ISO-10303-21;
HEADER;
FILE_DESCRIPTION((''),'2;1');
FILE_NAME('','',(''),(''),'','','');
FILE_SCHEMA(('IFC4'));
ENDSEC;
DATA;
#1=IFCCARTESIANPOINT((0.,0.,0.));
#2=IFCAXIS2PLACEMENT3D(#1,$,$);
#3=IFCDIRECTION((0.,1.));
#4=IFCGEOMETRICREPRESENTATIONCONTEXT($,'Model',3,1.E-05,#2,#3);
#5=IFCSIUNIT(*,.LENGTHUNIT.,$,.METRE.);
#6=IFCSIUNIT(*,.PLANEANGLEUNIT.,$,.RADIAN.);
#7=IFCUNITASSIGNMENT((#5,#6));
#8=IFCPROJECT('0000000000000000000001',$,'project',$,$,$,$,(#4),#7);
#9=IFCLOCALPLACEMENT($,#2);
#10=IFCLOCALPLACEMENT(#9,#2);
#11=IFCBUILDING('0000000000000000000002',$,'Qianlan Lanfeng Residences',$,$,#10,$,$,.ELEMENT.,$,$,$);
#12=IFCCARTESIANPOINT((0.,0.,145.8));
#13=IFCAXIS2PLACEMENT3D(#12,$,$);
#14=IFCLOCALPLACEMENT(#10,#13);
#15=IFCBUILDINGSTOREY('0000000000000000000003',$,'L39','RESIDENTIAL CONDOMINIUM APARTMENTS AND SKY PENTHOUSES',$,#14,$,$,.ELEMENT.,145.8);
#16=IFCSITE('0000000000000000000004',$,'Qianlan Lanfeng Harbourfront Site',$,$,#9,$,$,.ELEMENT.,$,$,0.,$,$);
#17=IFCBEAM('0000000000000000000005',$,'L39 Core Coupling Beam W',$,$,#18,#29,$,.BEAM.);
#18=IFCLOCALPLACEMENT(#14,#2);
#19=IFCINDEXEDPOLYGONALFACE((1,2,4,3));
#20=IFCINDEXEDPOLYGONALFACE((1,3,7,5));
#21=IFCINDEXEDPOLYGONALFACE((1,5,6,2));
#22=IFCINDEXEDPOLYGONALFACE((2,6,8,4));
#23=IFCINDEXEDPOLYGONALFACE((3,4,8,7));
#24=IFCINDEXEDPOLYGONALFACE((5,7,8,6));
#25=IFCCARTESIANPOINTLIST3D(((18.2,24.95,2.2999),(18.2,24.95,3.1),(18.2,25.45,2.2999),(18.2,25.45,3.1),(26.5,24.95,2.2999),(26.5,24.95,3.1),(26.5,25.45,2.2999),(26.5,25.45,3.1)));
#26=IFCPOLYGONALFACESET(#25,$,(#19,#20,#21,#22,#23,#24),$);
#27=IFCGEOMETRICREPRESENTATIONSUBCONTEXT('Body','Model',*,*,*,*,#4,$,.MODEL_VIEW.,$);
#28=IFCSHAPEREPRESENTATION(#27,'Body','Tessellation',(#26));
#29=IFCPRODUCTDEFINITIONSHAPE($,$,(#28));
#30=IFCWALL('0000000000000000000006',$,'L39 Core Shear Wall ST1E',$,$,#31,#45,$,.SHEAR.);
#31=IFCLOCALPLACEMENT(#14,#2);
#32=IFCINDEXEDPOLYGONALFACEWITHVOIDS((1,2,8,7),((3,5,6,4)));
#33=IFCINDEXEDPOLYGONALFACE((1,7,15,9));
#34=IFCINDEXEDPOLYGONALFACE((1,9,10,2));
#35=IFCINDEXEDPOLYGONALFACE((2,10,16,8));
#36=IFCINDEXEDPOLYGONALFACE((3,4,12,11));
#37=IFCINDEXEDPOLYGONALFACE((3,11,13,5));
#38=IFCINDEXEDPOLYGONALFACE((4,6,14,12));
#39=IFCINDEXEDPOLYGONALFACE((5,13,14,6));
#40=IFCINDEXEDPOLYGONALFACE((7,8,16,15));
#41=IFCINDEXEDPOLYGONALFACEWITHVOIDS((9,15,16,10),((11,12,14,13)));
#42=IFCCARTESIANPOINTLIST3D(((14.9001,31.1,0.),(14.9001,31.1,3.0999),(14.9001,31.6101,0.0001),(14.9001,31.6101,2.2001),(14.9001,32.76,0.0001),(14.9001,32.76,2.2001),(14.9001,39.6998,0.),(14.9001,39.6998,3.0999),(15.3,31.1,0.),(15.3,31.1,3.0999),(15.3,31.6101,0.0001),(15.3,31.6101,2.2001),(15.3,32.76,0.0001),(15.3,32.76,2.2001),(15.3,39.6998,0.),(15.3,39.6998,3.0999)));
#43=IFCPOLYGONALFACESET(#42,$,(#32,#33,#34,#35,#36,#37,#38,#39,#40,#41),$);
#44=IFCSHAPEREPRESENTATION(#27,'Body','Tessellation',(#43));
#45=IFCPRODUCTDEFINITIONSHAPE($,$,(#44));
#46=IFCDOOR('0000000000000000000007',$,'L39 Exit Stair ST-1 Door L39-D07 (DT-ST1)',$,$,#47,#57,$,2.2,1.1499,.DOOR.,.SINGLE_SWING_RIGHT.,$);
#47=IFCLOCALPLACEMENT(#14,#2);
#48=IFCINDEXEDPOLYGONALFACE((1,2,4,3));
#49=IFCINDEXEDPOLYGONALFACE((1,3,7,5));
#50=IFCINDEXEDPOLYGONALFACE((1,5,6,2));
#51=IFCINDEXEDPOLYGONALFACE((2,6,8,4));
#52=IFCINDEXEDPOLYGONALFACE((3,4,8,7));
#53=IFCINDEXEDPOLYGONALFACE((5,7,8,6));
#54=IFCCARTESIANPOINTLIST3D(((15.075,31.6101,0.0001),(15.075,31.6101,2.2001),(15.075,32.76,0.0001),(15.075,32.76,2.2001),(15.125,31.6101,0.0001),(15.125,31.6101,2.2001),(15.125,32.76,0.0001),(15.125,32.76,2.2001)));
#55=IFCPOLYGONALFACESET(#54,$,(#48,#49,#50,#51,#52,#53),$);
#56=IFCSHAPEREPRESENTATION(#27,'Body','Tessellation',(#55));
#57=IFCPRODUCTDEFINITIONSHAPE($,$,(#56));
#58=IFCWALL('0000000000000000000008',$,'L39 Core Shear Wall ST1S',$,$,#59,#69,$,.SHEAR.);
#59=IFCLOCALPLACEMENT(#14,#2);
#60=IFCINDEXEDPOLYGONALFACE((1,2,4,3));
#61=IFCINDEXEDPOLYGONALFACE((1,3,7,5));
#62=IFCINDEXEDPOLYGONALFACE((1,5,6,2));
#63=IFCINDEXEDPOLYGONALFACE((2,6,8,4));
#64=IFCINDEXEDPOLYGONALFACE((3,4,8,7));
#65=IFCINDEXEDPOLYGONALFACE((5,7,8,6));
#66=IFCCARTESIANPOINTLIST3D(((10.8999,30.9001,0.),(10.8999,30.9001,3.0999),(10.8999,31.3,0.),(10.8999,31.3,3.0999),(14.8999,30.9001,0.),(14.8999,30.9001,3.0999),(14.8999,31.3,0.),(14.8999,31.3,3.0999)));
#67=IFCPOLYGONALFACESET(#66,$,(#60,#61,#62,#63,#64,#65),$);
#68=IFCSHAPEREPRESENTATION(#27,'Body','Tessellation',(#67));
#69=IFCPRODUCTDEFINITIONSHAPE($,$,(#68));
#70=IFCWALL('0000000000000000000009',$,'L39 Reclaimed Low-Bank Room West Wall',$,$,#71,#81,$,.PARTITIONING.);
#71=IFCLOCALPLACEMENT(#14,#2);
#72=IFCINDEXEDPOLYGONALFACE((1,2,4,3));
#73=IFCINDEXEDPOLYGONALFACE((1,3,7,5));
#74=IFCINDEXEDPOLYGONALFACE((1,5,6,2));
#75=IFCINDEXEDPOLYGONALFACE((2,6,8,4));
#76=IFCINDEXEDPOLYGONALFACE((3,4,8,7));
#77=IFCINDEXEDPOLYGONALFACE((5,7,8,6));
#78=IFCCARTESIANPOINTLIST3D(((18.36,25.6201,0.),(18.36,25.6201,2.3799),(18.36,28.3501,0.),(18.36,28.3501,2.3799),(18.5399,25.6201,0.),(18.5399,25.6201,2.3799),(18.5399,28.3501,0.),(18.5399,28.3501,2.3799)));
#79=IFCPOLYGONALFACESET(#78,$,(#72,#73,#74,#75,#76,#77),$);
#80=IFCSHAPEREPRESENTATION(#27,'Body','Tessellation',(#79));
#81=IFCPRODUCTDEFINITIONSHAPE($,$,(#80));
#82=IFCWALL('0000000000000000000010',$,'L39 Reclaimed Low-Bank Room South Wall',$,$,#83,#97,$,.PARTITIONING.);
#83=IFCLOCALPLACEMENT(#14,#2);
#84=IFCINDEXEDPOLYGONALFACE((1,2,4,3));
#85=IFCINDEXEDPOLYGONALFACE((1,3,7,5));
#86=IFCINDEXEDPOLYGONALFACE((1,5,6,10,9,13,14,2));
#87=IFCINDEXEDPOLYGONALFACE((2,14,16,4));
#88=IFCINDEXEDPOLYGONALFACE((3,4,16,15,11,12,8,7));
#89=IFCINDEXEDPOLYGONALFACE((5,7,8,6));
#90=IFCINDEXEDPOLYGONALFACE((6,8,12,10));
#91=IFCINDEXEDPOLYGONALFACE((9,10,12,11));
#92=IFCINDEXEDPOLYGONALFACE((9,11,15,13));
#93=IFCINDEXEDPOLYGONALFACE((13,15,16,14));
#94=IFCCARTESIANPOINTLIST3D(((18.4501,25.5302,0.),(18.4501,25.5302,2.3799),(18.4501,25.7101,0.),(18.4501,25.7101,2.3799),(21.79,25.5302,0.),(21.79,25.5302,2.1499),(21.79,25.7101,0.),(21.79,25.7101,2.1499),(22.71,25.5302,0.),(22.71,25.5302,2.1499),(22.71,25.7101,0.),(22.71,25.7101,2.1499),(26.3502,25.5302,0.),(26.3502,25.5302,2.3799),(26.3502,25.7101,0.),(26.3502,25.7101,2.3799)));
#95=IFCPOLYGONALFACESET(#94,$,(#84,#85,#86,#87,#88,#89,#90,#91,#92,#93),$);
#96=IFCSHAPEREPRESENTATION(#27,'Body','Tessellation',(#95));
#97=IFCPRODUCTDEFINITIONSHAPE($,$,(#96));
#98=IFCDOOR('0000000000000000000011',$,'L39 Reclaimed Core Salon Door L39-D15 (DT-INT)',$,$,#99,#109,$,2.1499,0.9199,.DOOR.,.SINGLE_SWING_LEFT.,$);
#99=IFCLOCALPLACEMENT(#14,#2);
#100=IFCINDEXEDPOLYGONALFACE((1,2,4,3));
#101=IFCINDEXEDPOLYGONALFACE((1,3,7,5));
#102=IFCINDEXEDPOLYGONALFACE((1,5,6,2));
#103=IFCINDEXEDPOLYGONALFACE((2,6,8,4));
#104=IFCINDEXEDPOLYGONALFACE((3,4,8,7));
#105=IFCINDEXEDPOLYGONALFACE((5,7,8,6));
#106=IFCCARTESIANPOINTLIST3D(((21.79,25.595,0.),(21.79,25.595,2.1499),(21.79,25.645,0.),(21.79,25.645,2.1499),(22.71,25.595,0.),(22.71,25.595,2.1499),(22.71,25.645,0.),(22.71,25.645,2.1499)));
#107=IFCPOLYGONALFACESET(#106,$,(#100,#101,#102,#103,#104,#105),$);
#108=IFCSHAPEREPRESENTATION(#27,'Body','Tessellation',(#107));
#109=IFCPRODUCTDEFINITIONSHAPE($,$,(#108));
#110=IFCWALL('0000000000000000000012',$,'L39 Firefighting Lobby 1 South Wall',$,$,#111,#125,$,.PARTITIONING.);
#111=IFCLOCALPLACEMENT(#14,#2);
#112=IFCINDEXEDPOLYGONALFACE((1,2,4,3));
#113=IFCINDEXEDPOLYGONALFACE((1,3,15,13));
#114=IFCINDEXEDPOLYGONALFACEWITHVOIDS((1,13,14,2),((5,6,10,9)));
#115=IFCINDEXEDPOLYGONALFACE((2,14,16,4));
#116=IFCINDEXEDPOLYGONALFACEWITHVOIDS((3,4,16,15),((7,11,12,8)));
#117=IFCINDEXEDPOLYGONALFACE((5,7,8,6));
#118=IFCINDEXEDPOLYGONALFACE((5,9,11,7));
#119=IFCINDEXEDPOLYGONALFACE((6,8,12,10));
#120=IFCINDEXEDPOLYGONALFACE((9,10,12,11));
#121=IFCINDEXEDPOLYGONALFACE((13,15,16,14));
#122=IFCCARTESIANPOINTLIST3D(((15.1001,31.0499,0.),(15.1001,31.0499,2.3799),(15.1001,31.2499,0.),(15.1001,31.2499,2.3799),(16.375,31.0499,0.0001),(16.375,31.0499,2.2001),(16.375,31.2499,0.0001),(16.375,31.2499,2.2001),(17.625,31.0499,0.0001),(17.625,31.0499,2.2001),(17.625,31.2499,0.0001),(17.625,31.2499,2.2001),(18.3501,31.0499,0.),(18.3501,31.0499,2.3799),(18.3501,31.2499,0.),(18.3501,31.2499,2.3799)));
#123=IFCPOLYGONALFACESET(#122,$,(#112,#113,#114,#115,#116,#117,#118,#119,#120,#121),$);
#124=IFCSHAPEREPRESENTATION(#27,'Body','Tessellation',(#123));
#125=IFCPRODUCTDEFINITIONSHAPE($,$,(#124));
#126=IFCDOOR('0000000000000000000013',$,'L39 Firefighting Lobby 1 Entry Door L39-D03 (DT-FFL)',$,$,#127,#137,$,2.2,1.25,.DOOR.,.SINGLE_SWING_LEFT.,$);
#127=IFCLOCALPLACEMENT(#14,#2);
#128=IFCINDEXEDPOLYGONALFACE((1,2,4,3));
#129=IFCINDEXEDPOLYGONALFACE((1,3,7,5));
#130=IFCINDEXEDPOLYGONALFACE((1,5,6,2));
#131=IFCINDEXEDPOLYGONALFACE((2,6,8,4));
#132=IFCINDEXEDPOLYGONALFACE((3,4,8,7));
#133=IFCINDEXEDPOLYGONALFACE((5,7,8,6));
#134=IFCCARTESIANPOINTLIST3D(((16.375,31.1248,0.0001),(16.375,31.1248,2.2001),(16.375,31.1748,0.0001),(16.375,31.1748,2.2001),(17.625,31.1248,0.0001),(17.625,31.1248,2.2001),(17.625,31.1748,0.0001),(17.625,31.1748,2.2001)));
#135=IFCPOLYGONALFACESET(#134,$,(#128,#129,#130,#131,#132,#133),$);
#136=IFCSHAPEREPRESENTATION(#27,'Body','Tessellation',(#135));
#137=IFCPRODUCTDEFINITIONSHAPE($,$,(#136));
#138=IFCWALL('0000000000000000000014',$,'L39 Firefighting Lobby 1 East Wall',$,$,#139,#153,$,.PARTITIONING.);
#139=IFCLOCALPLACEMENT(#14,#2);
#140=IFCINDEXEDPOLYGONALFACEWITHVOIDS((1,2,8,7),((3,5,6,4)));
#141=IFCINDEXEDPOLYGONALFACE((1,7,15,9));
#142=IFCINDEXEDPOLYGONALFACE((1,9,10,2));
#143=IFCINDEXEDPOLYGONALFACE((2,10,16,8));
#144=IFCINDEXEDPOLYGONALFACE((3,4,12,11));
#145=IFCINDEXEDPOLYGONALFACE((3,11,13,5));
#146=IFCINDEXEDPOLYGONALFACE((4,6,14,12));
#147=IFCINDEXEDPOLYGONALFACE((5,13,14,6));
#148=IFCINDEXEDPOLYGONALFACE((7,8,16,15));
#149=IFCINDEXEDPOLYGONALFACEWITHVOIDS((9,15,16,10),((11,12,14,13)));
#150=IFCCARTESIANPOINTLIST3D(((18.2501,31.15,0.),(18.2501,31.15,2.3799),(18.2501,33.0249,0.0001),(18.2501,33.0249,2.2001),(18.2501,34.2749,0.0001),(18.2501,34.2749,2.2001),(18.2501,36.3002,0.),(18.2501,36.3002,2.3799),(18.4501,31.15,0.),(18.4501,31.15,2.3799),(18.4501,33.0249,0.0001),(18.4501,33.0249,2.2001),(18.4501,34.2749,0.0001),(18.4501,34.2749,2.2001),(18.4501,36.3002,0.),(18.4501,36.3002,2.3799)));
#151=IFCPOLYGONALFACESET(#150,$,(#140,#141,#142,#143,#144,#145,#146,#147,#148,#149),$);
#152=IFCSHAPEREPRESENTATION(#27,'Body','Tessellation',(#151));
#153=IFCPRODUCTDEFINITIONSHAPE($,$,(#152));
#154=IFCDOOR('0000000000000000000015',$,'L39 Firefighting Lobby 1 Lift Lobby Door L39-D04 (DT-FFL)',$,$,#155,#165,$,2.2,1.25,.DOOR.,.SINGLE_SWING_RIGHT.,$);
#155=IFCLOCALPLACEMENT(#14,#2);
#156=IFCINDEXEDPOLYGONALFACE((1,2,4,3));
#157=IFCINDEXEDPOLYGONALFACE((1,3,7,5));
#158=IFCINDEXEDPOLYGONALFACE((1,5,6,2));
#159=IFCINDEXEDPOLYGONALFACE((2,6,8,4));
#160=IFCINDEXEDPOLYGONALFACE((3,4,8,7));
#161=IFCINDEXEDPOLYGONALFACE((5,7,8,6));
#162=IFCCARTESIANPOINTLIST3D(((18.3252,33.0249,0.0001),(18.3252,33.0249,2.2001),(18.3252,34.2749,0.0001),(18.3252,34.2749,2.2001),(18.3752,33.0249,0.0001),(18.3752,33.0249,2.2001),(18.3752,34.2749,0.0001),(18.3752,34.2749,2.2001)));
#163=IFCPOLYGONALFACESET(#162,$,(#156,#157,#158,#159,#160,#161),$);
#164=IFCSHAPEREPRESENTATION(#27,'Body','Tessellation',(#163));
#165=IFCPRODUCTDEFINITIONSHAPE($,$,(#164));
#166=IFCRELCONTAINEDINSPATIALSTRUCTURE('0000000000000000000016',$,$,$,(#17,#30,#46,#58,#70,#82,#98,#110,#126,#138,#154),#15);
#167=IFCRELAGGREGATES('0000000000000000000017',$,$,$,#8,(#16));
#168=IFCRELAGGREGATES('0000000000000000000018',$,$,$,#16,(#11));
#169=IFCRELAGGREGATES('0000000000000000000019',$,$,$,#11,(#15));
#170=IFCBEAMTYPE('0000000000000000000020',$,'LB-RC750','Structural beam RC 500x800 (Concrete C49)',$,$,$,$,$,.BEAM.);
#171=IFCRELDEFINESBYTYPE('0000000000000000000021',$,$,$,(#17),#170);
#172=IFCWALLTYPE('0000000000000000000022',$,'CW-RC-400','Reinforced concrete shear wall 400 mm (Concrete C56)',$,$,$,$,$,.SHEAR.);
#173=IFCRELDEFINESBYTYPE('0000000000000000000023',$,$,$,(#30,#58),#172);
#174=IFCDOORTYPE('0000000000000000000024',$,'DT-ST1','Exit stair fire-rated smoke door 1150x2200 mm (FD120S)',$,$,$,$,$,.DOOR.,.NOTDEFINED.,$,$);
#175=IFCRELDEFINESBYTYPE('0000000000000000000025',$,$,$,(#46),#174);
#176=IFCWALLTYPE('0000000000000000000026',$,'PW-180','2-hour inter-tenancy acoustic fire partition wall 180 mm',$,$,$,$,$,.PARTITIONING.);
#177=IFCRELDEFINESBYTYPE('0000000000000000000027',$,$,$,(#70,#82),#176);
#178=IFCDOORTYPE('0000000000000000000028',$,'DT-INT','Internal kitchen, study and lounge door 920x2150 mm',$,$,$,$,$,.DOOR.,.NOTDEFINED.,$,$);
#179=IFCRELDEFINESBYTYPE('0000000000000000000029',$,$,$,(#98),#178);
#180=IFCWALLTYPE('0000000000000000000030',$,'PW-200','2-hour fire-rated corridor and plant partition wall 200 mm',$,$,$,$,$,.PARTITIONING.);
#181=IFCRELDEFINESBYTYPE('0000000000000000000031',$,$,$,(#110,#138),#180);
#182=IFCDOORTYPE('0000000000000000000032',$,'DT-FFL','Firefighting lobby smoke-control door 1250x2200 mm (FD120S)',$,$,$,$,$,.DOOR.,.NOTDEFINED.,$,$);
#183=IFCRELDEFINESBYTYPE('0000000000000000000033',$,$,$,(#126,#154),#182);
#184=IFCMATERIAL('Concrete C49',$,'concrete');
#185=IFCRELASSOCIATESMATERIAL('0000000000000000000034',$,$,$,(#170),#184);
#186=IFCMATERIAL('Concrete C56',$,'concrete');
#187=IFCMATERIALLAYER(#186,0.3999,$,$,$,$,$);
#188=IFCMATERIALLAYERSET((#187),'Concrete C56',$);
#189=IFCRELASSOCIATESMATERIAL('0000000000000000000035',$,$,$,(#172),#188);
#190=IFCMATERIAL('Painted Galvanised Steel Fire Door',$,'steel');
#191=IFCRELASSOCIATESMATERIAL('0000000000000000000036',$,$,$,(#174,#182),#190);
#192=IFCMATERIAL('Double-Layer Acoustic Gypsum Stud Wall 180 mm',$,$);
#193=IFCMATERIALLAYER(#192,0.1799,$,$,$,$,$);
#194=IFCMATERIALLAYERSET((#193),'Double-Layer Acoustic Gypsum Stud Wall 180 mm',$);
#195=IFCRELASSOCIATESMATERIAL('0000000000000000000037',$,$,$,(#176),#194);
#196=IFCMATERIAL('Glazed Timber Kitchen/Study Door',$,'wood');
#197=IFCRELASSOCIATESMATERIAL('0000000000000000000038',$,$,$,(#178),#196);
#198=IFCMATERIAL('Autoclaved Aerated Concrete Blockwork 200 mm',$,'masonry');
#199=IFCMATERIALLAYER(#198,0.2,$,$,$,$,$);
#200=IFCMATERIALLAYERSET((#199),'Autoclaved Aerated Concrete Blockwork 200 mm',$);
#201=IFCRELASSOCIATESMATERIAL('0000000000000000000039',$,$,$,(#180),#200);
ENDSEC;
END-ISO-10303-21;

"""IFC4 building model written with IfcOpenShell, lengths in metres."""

from ifc_helpers import new_model, si_unit, direction, frame, frame_2d, origin, origin_2d, place, context, subcontext, project, spatial, rectangle, extrude, material, layer, layer_set, material_profile, profile_set, type_object, element, fill, save


model = new_model("IFC4")

# Units and contexts
model_context = context("Model", 3, precision=1e-05, world=origin(), true_north=direction((0.0, 1.0)))
body_context = subcontext(model_context, "Body", "Model", "MODEL_VIEW")
ifc_project = project(units=[si_unit("LENGTHUNIT", "METRE"), si_unit("PLANEANGLEUNIT", "RADIAN")], contexts=[model_context])

# Site, building, storey
site_placement = place(None, origin())
site = spatial("IfcSite", under=ifc_project, at=site_placement, Name="Qianlan Lanfeng Harbourfront Site", CompositionType="ELEMENT", RefElevation=0.0)
building_placement = place(site_placement, origin())
building = spatial("IfcBuilding", under=site, at=building_placement, Name="Qianlan Lanfeng Residences", CompositionType="ELEMENT")
storey_placement = place(building_placement, frame((0.0, 0.0, 145.8)))
storey = spatial("IfcBuildingStorey", under=building, at=storey_placement, Name="L39", Description="RESIDENTIAL CONDOMINIUM APARTMENTS AND SKY PENTHOUSES", CompositionType="ELEMENT", Elevation=145.8)

# Beam
ifc_material_1 = material(Name="Concrete C49", Category="concrete")
ifc_material_profile = material_profile(ifc_material_1, rectangle(XDim=0.5, YDim=0.8, at=origin_2d()), Name="RC 500x800")
ifc_profile_set = profile_set([ifc_material_profile], Name="Concrete C49")
beam_type = type_object("IfcBeamType", Name="LB-RC750", Description="Structural beam RC 500x800 (Concrete C49)", PredefinedType="BEAM", material=ifc_profile_set)
beam_placement = place(storey_placement, frame((18.2, 25.2, 2.7), z_axis=(1.0, 0.0, 0.0), x_axis=(0.0, 1.0, 0.0)))
element("IfcBeam", 1, at=beam_placement, inside=storey, type_object=beam_type, Name="L39 Core Coupling Beam W", PredefinedType="BEAM", context=body_context, shape_type="SweptSolid", body=[
    extrude(rectangle(XDim=0.5, YDim=0.8, at=origin_2d()), origin(), (0.0, 0.0, 1.0), 8.3),
])

# Wall, opening, door
ifc_material_2 = material(Name="Concrete C56", Category="concrete")
ifc_layer_1 = layer(ifc_material_2, 0.3999)
ifc_layer_set_1 = layer_set([ifc_layer_1], Name="Concrete C56")
wall_type_1 = type_object("IfcWallType", Name="CW-RC-400", Description="Reinforced concrete shear wall 400 mm (Concrete C56)", PredefinedType="SHEAR", material=ifc_layer_set_1)
wall_1_placement = place(storey_placement, frame((15.1001, 31.1001, 0.0), z_axis=(0.0, 0.0, 1.0), x_axis=(0.0, 1.0, 0.0)))
wall_1 = element("IfcWall", 2, at=wall_1_placement, inside=storey, type_object=wall_type_1, Name="L39 Core Shear Wall ST1E", PredefinedType="SHEAR", context=body_context, shape_type="SweptSolid", body=[
    extrude(rectangle(XDim=8.5999, YDim=0.3999, at=frame_2d((4.2998, 0.0))), origin(), (0.0, 0.0, 1.0), 3.0999),
])
opening_1_placement = place(wall_1_placement, frame((0.51, 0.0, 0.0)))
opening_1 = element("IfcOpeningElement", 3, at=opening_1_placement, cuts=wall_1, PredefinedType="OPENING", context=body_context, shape_type="SweptSolid", body=[
    extrude(rectangle(XDim=1.1499, YDim=2.2, at=frame_2d((0.575, 1.1001))), frame((0.0, 0.21, 0.0), z_axis=(0.0, -1.0, 0.0), x_axis=(1.0, 0.0, 0.0)), (0.0, 0.0, 1.0), 0.4199),
])
ifc_material_3 = material(Name="Painted Galvanised Steel Fire Door", Category="steel")
door_type_1 = type_object("IfcDoorType", Name="DT-ST1", Description="Exit stair fire-rated smoke door 1150x2200 mm (FD120S)", OperationType="NOTDEFINED", PredefinedType="DOOR", material=ifc_material_3)
door_1_placement = place(opening_1_placement, frame((1.1499, 0.0, 0.0), z_axis=(0.0, 0.0, 1.0), x_axis=(-1.0, 0.0, 0.0)))
door_1 = element("IfcDoor", 4, at=door_1_placement, inside=storey, type_object=door_type_1, Name="L39 Exit Stair ST-1 Door L39-D07 (DT-ST1)", OperationType="SINGLE_SWING_RIGHT", OverallHeight=2.2, OverallWidth=1.1499, PredefinedType="DOOR", context=body_context, shape_type="SweptSolid", body=[
    extrude(rectangle(XDim=1.1499, YDim=2.2, at=frame_2d((0.575, 1.1001))), frame((0.0, 0.0249, 0.0), z_axis=(0.0, -1.0, 0.0), x_axis=(1.0, 0.0, 0.0)), (0.0, 0.0, 1.0), 0.05),
])
fill(opening_1, door_1)

# Wall
wall_2_placement = place(storey_placement, frame((10.8999, 31.1001, 0.0), z_axis=(0.0, 0.0, 1.0), x_axis=(1.0, 0.0, 0.0)))
element("IfcWall", 5, at=wall_2_placement, inside=storey, type_object=wall_type_1, Name="L39 Core Shear Wall ST1S", PredefinedType="SHEAR", context=body_context, shape_type="SweptSolid", body=[
    extrude(rectangle(XDim=4.0, YDim=0.3999, at=frame_2d((2.0, 0.0))), origin(), (0.0, 0.0, 1.0), 3.0999),
])

# Shared definitions
ifc_material_4 = material(Name="Double-Layer Acoustic Gypsum Stud Wall 180 mm")
ifc_layer_2 = layer(ifc_material_4, 0.1799)
ifc_layer_set_2 = layer_set([ifc_layer_2], Name="Double-Layer Acoustic Gypsum Stud Wall 180 mm")
wall_type_2 = type_object("IfcWallType", Name="PW-180", Description="2-hour inter-tenancy acoustic fire partition wall 180 mm", PredefinedType="PARTITIONING", material=ifc_layer_set_2)
ifc_material_5 = material(Name="Glazed Timber Kitchen/Study Door", Category="wood")
door_type_2 = type_object("IfcDoorType", Name="DT-INT", Description="Internal kitchen, study and lounge door 920x2150 mm", OperationType="NOTDEFINED", PredefinedType="DOOR", material=ifc_material_5)

# Wall
wall_3_placement = place(storey_placement, frame((18.45, 25.6201, 0.0), z_axis=(0.0, 0.0, 1.0), x_axis=(0.0, 1.0, 0.0)))
element("IfcWall", 6, at=wall_3_placement, inside=storey, type_object=wall_type_2, Name="L39 Reclaimed Low-Bank Room West Wall", PredefinedType="PARTITIONING", context=body_context, shape_type="SweptSolid", body=[
    extrude(rectangle(XDim=2.73, YDim=0.1799, at=frame_2d((1.365, 0.0))), origin(), (0.0, 0.0, 1.0), 2.3799),
])

# Walls, openings, doors
wall_4_placement = place(storey_placement, frame((18.45, 25.6201, 0.0), z_axis=(0.0, 0.0, 1.0), x_axis=(1.0, 0.0, 0.0)))
wall_4 = element("IfcWall", 7, at=wall_4_placement, inside=storey, type_object=wall_type_2, Name="L39 Reclaimed Low-Bank Room South Wall", PredefinedType="PARTITIONING", context=body_context, shape_type="SweptSolid", body=[
    extrude(rectangle(XDim=7.9001, YDim=0.1799, at=frame_2d((3.9502, 0.0))), origin(), (0.0, 0.0, 1.0), 2.3799),
])
opening_2_placement = place(wall_4_placement, frame((3.3401, 0.0, 0.0)))
opening_2 = element("IfcOpeningElement", 8, at=opening_2_placement, cuts=wall_4, PredefinedType="OPENING", context=body_context, shape_type="SweptSolid", body=[
    extrude(rectangle(XDim=0.9199, YDim=2.1499, at=frame_2d((0.46, 1.075))), frame((0.0, 0.1001, 0.0), z_axis=(0.0, -1.0, 0.0), x_axis=(1.0, 0.0, 0.0)), (0.0, 0.0, 1.0), 0.2),
])
door_2_placement = place(opening_2_placement, origin())
door_2 = element("IfcDoor", 9, at=door_2_placement, inside=storey, type_object=door_type_2, Name="L39 Reclaimed Core Salon Door L39-D15 (DT-INT)", OperationType="SINGLE_SWING_LEFT", OverallHeight=2.1499, OverallWidth=0.9199, PredefinedType="DOOR", context=body_context, shape_type="SweptSolid", body=[
    extrude(rectangle(XDim=0.9199, YDim=2.1499, at=frame_2d((0.46, 1.075))), frame((0.0, 0.0249, 0.0), z_axis=(0.0, -1.0, 0.0), x_axis=(1.0, 0.0, 0.0)), (0.0, 0.0, 1.0), 0.05),
])
fill(opening_2, door_2)
ifc_material_6 = material(Name="Autoclaved Aerated Concrete Blockwork 200 mm", Category="masonry")
ifc_layer_3 = layer(ifc_material_6, 0.2)
ifc_layer_set_3 = layer_set([ifc_layer_3], Name="Autoclaved Aerated Concrete Blockwork 200 mm")
wall_type_3 = type_object("IfcWallType", Name="PW-200", Description="2-hour fire-rated corridor and plant partition wall 200 mm", PredefinedType="PARTITIONING", material=ifc_layer_set_3)
wall_5_placement = place(storey_placement, frame((15.1001, 31.1499, 0.0), z_axis=(0.0, 0.0, 1.0), x_axis=(1.0, 0.0, 0.0)))
wall_5 = element("IfcWall", 10, at=wall_5_placement, inside=storey, type_object=wall_type_3, Name="L39 Firefighting Lobby 1 South Wall", PredefinedType="PARTITIONING", context=body_context, shape_type="SweptSolid", body=[
    extrude(rectangle(XDim=3.25, YDim=0.2, at=frame_2d((1.625, 0.0))), origin(), (0.0, 0.0, 1.0), 2.3799),
])
opening_3_placement = place(wall_5_placement, frame((1.2749, 0.0, 0.0)))
opening_3 = element("IfcOpeningElement", 11, at=opening_3_placement, cuts=wall_5, PredefinedType="OPENING", context=body_context, shape_type="SweptSolid", body=[
    extrude(rectangle(XDim=1.25, YDim=2.2, at=frame_2d((0.625, 1.1001))), frame((0.0, 0.1099, 0.0), z_axis=(0.0, -1.0, 0.0), x_axis=(1.0, 0.0, 0.0)), (0.0, 0.0, 1.0), 0.22),
])
door_type_3 = type_object("IfcDoorType", Name="DT-FFL", Description="Firefighting lobby smoke-control door 1250x2200 mm (FD120S)", OperationType="NOTDEFINED", PredefinedType="DOOR", material=ifc_material_3)
door_3_placement = place(opening_3_placement, origin())
door_3 = element("IfcDoor", 12, at=door_3_placement, inside=storey, type_object=door_type_3, Name="L39 Firefighting Lobby 1 Entry Door L39-D03 (DT-FFL)", OperationType="SINGLE_SWING_LEFT", OverallHeight=2.2, OverallWidth=1.25, PredefinedType="DOOR", context=body_context, shape_type="SweptSolid", body=[
    extrude(rectangle(XDim=1.25, YDim=2.2, at=frame_2d((0.625, 1.1001))), frame((0.0, 0.0249, 0.0), z_axis=(0.0, -1.0, 0.0), x_axis=(1.0, 0.0, 0.0)), (0.0, 0.0, 1.0), 0.05),
])
fill(opening_3, door_3)
wall_6_placement = place(storey_placement, frame((18.3501, 31.1499, 0.0), z_axis=(0.0, 0.0, 1.0), x_axis=(0.0, 1.0, 0.0)))
wall_6 = element("IfcWall", 13, at=wall_6_placement, inside=storey, type_object=wall_type_3, Name="L39 Firefighting Lobby 1 East Wall", PredefinedType="PARTITIONING", context=body_context, shape_type="SweptSolid", body=[
    extrude(rectangle(XDim=5.1501, YDim=0.2, at=frame_2d((2.5752, 0.0))), origin(), (0.0, 0.0, 1.0), 2.3799),
])
opening_4_placement = place(wall_6_placement, frame((1.875, 0.0, 0.0)))
opening_4 = element("IfcOpeningElement", 14, at=opening_4_placement, cuts=wall_6, PredefinedType="OPENING", context=body_context, shape_type="SweptSolid", body=[
    extrude(rectangle(XDim=1.25, YDim=2.2, at=frame_2d((0.625, 1.1001))), frame((0.0, 0.1099, 0.0), z_axis=(0.0, -1.0, 0.0), x_axis=(1.0, 0.0, 0.0)), (0.0, 0.0, 1.0), 0.22),
])
door_4_placement = place(opening_4_placement, origin())
door_4 = element("IfcDoor", 15, at=door_4_placement, inside=storey, type_object=door_type_3, Name="L39 Firefighting Lobby 1 Lift Lobby Door L39-D04 (DT-FFL)", OperationType="SINGLE_SWING_RIGHT", OverallHeight=2.2, OverallWidth=1.25, PredefinedType="DOOR", context=body_context, shape_type="SweptSolid", body=[
    extrude(rectangle(XDim=1.25, YDim=2.2, at=frame_2d((0.625, 1.1001))), frame((0.0, 0.0249, 0.0), z_axis=(0.0, -1.0, 0.0), x_axis=(1.0, 0.0, 0.0)), (0.0, 0.0, 1.0), 0.05),
])
fill(opening_4, door_4)

save(model, "model.ifc")
